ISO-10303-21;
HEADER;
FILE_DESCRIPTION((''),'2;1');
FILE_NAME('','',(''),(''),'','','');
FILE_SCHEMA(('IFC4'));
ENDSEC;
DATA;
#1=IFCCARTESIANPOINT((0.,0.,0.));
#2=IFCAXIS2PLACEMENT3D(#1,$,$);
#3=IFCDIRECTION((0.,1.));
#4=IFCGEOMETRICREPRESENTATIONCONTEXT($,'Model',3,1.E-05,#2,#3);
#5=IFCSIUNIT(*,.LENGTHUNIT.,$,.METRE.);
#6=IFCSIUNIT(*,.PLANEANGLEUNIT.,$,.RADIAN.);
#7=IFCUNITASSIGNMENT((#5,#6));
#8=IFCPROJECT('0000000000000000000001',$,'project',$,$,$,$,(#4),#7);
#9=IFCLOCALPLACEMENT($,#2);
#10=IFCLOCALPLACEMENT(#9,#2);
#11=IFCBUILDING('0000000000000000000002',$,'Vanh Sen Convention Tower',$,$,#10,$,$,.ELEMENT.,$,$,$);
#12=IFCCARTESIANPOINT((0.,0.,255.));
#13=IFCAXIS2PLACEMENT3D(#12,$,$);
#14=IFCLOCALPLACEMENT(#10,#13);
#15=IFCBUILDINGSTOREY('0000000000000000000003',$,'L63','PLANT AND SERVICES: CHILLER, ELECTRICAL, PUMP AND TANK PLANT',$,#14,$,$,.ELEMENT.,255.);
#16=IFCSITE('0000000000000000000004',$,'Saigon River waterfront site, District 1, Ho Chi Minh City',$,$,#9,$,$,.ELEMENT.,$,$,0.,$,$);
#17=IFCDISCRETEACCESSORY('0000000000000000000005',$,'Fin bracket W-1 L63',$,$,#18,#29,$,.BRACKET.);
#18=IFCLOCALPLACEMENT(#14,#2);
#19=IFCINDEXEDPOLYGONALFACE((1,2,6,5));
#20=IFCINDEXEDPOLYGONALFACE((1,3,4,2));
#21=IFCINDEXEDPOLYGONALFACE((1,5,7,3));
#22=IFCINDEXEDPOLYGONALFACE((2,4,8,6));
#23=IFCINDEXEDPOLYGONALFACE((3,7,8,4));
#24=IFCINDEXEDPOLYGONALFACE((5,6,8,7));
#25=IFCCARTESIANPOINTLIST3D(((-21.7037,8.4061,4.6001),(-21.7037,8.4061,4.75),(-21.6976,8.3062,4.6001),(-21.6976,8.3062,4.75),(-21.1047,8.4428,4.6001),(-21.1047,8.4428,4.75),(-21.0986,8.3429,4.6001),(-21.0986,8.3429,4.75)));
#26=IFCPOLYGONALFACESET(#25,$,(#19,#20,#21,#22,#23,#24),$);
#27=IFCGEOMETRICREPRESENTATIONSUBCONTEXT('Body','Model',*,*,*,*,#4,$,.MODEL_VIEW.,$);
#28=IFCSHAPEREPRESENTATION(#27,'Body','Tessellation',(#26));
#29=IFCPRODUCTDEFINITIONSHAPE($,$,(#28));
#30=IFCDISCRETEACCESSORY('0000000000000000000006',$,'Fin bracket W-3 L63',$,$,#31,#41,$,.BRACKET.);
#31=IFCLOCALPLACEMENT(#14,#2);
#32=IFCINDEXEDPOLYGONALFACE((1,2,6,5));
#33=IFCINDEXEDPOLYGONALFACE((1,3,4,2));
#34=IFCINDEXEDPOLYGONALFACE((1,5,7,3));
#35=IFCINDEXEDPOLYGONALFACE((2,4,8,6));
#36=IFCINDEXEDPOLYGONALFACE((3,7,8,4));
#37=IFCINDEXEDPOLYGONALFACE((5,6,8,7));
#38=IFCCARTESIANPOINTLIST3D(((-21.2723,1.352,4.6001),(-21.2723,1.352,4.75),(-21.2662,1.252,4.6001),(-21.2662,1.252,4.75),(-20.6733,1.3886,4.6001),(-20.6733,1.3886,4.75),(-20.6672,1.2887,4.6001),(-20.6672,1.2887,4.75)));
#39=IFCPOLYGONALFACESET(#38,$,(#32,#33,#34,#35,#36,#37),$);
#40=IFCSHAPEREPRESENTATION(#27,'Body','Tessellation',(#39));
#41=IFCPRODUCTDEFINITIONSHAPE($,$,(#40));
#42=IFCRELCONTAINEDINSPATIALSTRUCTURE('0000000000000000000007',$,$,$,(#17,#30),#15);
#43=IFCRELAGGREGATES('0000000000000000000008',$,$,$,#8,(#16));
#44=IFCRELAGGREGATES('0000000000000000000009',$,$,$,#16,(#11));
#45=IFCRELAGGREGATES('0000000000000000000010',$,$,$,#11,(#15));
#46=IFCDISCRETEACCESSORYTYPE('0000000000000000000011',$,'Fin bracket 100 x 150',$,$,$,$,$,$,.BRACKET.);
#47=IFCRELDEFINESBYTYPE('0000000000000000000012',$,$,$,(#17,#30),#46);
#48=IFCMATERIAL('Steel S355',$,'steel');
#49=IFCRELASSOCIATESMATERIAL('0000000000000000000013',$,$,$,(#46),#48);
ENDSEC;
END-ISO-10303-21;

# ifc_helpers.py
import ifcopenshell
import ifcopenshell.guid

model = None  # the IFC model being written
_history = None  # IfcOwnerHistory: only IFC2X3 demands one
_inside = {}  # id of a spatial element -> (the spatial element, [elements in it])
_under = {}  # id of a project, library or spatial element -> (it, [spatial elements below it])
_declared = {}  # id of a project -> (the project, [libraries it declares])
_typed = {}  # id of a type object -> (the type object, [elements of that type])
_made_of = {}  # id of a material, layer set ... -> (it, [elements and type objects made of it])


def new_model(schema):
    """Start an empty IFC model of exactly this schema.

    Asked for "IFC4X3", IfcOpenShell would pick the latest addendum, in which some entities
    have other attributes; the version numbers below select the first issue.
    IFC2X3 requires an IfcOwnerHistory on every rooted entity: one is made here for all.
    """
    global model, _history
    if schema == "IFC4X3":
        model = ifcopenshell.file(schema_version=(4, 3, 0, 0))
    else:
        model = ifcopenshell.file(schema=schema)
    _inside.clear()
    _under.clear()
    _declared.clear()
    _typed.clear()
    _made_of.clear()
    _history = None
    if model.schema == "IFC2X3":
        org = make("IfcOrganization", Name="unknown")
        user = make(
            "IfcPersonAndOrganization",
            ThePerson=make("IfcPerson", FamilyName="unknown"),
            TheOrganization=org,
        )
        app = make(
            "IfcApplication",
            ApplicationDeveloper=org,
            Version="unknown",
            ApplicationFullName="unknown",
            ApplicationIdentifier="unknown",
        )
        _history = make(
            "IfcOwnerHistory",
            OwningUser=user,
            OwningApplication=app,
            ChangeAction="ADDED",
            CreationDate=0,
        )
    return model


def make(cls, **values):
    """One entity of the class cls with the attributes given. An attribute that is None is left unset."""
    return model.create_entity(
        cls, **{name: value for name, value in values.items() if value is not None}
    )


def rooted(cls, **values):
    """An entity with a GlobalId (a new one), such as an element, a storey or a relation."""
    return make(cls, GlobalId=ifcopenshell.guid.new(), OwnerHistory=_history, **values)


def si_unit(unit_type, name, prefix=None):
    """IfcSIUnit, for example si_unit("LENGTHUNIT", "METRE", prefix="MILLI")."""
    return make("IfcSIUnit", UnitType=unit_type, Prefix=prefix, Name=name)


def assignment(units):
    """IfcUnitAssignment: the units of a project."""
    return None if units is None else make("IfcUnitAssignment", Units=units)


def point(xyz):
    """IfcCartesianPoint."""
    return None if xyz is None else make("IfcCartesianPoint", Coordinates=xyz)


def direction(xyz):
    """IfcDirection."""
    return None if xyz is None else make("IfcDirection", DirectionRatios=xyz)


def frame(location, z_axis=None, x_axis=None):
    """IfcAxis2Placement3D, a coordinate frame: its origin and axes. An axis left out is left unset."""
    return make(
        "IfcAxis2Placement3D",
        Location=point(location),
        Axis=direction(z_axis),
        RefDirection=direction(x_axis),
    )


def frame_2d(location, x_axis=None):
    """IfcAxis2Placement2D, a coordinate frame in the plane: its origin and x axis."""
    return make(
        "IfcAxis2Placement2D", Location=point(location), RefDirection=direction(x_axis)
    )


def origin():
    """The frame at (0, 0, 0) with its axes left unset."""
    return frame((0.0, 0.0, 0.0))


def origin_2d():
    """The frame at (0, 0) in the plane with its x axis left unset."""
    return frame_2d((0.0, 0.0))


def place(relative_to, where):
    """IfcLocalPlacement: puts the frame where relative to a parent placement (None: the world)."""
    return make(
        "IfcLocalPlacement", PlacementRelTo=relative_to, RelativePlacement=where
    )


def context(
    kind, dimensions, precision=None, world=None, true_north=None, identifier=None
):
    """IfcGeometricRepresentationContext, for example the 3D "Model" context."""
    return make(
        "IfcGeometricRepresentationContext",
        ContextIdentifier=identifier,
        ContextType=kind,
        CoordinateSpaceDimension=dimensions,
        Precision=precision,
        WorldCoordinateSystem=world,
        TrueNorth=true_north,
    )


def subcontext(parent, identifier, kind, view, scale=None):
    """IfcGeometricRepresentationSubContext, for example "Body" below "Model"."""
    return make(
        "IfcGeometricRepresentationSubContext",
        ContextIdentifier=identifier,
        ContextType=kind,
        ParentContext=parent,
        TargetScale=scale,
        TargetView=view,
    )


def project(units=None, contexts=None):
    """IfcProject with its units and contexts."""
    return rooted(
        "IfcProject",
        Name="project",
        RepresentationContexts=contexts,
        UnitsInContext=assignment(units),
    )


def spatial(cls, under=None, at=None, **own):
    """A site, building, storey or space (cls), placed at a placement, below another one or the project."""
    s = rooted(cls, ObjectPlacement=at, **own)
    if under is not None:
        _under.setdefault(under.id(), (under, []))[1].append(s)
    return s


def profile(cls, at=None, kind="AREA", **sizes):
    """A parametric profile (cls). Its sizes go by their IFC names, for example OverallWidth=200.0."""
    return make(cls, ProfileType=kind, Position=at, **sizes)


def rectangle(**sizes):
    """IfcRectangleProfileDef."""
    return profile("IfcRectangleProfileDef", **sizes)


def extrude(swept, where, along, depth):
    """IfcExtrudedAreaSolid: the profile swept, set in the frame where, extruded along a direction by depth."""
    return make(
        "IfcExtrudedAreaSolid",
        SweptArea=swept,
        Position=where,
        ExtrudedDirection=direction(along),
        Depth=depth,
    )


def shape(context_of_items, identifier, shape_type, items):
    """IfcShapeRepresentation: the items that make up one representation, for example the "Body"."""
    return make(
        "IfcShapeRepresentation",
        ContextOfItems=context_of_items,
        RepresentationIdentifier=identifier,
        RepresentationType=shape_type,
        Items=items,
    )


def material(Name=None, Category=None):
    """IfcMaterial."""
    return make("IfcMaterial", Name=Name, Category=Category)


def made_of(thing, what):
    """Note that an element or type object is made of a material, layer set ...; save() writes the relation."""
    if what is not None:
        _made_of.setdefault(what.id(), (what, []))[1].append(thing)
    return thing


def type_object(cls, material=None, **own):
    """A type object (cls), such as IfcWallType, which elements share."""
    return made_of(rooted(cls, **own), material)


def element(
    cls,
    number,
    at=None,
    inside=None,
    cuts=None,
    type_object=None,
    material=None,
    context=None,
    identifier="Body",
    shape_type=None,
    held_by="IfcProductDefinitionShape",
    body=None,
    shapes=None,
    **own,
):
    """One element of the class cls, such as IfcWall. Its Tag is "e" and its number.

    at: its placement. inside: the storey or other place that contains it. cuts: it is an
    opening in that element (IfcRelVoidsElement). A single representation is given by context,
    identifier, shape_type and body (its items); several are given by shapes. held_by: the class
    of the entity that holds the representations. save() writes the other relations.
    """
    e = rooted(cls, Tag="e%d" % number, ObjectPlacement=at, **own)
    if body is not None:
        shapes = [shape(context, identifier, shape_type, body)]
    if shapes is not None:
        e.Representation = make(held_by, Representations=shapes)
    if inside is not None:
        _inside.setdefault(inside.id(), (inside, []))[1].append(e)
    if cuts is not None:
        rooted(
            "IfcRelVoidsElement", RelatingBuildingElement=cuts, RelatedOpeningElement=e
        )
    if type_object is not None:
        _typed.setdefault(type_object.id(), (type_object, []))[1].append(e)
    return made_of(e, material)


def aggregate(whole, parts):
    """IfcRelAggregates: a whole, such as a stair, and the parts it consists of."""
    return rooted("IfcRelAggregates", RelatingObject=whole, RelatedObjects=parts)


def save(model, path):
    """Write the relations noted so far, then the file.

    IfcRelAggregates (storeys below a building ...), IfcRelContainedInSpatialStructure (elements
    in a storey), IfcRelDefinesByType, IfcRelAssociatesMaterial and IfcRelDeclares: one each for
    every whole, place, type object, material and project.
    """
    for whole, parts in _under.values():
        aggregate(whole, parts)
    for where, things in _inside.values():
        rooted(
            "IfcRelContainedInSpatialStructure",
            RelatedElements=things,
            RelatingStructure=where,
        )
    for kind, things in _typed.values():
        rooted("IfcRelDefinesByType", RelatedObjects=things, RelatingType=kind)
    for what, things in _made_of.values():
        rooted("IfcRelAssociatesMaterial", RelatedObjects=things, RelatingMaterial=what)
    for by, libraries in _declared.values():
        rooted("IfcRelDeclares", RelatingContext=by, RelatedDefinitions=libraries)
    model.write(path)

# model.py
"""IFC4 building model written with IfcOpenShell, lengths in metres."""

from ifc_helpers import new_model, si_unit, direction, frame, origin, origin_2d, place, context, subcontext, project, spatial, rectangle, extrude, material, type_object, element, save


model = new_model("IFC4")

# Units and contexts
model_context = context("Model", 3, precision=1e-05, world=origin(), true_north=direction((0.0, 1.0)))
body_context = subcontext(model_context, "Body", "Model", "MODEL_VIEW")
ifc_project = project(units=[si_unit("LENGTHUNIT", "METRE"), si_unit("PLANEANGLEUNIT", "RADIAN")], contexts=[model_context])

# Site, building, storey
site_placement = place(None, origin())
site = spatial("IfcSite", under=ifc_project, at=site_placement, Name="Saigon River waterfront site, District 1, Ho Chi Minh City", CompositionType="ELEMENT", RefElevation=0.0)
building_placement = place(site_placement, origin())
building = spatial("IfcBuilding", under=site, at=building_placement, Name="Vanh Sen Convention Tower", CompositionType="ELEMENT")
storey_placement = place(building_placement, frame((0.0, 0.0, 255.0)))
storey = spatial("IfcBuildingStorey", under=building, at=storey_placement, Name="L63", Description="PLANT AND SERVICES: CHILLER, ELECTRICAL, PUMP AND TANK PLANT", CompositionType="ELEMENT", Elevation=255.0)

# Discrete accessories
ifc_material_1 = material(Name="Steel S355", Category="steel")
discrete_accessory_type_1 = type_object("IfcDiscreteAccessoryType", Name="Fin bracket 100 x 150", PredefinedType="BRACKET", material=ifc_material_1)
for number, where, z_axis, x_axis, name in (
    (1, (-21.4011, 8.3745, 4.6001), (0.0, 0.0, 1.0), (-0.998135, -0.061049, 0.0), "Fin bracket W-1 L63"),
    (2, (-20.9697, 1.3203, 4.6001), (0.0, 0.0, 1.0), (-0.998135, -0.061049, 0.0), "Fin bracket W-3 L63"),
):
    element("IfcDiscreteAccessory", number, at=place(storey_placement, frame(where, z_axis=z_axis, x_axis=x_axis)), inside=storey, type_object=discrete_accessory_type_1, Name=name, PredefinedType="BRACKET", context=body_context, shape_type="SweptSolid", body=[
        extrude(rectangle(XDim=0.6001, YDim=0.1001, at=origin_2d()), origin(), (0.0, 0.0, 1.0), 0.1499),
    ])

save(model, "model.ifc")
